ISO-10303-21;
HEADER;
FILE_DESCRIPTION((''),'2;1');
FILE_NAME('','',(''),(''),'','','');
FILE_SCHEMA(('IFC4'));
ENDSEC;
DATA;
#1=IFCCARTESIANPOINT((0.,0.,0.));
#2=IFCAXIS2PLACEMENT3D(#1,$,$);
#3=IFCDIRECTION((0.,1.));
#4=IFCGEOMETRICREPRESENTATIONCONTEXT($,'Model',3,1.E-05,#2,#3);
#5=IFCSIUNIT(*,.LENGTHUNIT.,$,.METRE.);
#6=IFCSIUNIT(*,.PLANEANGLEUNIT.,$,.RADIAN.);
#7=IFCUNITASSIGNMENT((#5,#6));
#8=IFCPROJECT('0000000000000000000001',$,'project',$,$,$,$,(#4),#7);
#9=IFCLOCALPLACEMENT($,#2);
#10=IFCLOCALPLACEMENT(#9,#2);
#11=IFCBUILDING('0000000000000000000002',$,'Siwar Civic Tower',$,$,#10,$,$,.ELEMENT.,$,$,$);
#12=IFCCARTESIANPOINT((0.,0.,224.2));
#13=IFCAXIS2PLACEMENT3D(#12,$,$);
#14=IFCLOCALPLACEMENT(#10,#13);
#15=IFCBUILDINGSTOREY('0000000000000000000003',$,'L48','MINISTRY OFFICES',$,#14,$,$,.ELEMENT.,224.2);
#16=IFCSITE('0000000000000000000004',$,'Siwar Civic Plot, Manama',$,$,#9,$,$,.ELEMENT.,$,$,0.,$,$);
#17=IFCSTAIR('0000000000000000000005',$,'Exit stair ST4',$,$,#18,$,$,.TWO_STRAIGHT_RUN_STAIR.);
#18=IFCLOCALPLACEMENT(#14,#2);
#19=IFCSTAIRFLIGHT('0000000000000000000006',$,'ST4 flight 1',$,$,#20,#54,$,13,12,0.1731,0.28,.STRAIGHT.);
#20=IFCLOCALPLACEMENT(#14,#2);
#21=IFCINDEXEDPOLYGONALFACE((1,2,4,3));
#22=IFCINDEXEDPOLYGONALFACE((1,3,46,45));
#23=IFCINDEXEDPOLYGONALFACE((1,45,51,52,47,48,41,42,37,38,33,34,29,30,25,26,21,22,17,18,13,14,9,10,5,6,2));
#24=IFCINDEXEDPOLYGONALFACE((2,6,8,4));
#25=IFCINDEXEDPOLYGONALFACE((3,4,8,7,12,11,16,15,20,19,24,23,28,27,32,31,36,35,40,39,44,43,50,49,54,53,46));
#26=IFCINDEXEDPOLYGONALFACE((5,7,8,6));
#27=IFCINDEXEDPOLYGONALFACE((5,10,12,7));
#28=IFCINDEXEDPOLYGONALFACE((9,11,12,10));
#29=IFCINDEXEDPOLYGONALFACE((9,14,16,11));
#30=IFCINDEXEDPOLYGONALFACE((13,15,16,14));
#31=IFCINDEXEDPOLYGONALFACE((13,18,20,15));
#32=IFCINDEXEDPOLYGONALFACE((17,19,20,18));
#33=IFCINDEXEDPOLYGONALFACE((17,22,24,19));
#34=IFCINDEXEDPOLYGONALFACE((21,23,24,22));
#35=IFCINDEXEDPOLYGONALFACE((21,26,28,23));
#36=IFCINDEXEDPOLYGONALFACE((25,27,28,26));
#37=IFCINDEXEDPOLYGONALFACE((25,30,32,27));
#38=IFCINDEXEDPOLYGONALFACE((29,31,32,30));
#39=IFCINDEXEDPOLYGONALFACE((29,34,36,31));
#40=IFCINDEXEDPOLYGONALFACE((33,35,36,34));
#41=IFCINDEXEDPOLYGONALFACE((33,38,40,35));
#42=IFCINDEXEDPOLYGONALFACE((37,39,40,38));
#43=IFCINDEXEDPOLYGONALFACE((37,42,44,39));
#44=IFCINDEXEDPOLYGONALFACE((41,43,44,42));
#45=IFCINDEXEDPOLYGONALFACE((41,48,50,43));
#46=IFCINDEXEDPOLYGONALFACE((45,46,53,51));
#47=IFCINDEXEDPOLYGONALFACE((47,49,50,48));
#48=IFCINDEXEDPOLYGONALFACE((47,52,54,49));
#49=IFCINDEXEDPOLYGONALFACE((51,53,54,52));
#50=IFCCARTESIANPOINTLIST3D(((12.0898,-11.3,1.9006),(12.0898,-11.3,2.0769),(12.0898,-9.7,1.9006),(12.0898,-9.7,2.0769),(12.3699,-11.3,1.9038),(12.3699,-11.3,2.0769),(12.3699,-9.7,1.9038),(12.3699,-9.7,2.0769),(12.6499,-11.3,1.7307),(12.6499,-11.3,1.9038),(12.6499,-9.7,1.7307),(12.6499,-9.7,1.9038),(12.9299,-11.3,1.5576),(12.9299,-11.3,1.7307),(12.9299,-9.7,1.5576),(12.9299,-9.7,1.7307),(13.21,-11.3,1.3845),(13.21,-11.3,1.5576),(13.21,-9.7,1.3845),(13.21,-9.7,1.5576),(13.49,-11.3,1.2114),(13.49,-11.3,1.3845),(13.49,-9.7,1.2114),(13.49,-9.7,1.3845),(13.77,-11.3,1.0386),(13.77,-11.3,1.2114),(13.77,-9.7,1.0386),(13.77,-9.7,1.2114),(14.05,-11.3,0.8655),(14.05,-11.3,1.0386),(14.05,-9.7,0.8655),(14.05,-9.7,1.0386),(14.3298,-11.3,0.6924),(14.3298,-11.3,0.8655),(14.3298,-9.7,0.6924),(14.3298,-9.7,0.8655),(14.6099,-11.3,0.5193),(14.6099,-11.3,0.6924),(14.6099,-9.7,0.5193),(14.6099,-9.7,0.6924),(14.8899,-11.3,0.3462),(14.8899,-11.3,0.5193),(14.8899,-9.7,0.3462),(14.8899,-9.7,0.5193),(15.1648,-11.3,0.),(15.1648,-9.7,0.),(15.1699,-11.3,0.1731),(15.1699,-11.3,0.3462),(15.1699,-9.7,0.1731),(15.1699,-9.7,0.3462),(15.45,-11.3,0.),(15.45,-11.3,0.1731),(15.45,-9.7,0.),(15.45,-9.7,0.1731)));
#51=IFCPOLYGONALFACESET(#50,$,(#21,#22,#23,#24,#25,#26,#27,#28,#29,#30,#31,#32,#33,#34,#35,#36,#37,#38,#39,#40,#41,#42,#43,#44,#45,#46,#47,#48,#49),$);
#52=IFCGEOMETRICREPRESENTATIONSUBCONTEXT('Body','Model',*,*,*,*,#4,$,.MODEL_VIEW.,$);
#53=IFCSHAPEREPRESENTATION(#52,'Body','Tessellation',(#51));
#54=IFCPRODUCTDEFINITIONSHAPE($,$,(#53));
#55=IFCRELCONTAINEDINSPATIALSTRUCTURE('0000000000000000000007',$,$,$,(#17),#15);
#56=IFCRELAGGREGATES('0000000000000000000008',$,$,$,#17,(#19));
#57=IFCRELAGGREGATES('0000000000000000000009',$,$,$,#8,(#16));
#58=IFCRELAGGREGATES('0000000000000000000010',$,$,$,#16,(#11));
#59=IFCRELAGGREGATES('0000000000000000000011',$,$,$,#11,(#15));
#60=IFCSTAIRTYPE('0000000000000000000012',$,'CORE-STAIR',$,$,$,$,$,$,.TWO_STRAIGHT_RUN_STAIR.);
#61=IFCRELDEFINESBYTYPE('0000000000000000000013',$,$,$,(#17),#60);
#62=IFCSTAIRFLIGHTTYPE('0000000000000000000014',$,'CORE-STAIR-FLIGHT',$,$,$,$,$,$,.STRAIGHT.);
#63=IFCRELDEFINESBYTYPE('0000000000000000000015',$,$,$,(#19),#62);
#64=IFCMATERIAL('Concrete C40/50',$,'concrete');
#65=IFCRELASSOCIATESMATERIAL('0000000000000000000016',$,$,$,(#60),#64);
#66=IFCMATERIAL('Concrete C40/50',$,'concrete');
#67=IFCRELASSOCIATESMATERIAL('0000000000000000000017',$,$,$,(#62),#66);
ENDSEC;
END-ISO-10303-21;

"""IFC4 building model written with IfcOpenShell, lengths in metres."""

from ifc_helpers import new_model, si_unit, direction, frame, origin, place, context, subcontext, project, spatial, polyline, outline, extrude, material, type_object, element, aggregate, save


model = new_model("IFC4")

# Units and contexts
model_context = context("Model", 3, precision=1e-05, world=origin(), true_north=direction((0.0, 1.0)))
body_context = subcontext(model_context, "Body", "Model", "MODEL_VIEW")
ifc_project = project(units=[si_unit("LENGTHUNIT", "METRE"), si_unit("PLANEANGLEUNIT", "RADIAN")], contexts=[model_context])

# Site, building, storey
site_placement = place(None, origin())
site = spatial("IfcSite", under=ifc_project, at=site_placement, Name="Siwar Civic Plot, Manama", CompositionType="ELEMENT", RefElevation=0.0)
building_placement = place(site_placement, origin())
building = spatial("IfcBuilding", under=site, at=building_placement, Name="Siwar Civic Tower", CompositionType="ELEMENT")
storey_placement = place(building_placement, frame((0.0, 0.0, 224.2)))
storey = spatial("IfcBuildingStorey", under=building, at=storey_placement, Name="L48", Description="MINISTRY OFFICES", CompositionType="ELEMENT", Elevation=224.2)

# Stair, stair flight
ifc_material_1 = material(Name="Concrete C40/50", Category="concrete")
stair_type = type_object("IfcStairType", Name="CORE-STAIR", PredefinedType="TWO_STRAIGHT_RUN_STAIR", material=ifc_material_1)
stair_placement = place(storey_placement, origin())
stair = element("IfcStair", 1, at=stair_placement, inside=storey, type_object=stair_type, Name="Exit stair ST4", PredefinedType="TWO_STRAIGHT_RUN_STAIR")
ifc_material_2 = material(Name="Concrete C40/50", Category="concrete")
stair_flight_type = type_object("IfcStairFlightType", Name="CORE-STAIR-FLIGHT", PredefinedType="STRAIGHT", material=ifc_material_2)
stair_flight_placement = place(storey_placement, frame((15.45, -10.5, 0.0), z_axis=(0.0, 0.0, 1.0), x_axis=(-1.0, 0.0, 0.0)))
stair_flight = element("IfcStairFlight", 2, at=stair_flight_placement, type_object=stair_flight_type, Name="ST4 flight 1", NumberOfRisers=13, NumberOfTreads=12, PredefinedType="STRAIGHT", RiserHeight=0.1731, TreadLength=0.28, context=body_context, shape_type="SweptSolid", body=[
    extrude(outline(polyline([(0.0, 0.0), (0.0, 0.1731), (0.28, 0.1731), (0.28, 0.3462), (0.5601, 0.3462), (0.5601, 0.5193), (0.8401, 0.5193), (0.8401, 0.6924), (1.1201, 0.6924), (1.1201, 0.8655), (1.3999, 0.8655), (1.3999, 1.0386), (1.6799, 1.0386), (1.6799, 1.2114), (1.96, 1.2114), (1.96, 1.3845), (2.24, 1.3845), (2.24, 1.5576), (2.52, 1.5576), (2.52, 1.7307), (2.8, 1.7307), (2.8, 1.9038), (3.0801, 1.9038), (3.0801, 2.0769), (3.3601, 2.0769), (3.3601, 2.25), (3.3601, 1.9006), (0.2852, 0.0), (0.0, 0.0)])), frame((0.0, 0.8, 0.0), z_axis=(0.0, -1.0, 0.0), x_axis=(1.0, 0.0, 0.0)), (0.0, 0.0, 1.0), 1.6001),
])
aggregate(stair, [stair_flight])

save(model, "model.ifc")
